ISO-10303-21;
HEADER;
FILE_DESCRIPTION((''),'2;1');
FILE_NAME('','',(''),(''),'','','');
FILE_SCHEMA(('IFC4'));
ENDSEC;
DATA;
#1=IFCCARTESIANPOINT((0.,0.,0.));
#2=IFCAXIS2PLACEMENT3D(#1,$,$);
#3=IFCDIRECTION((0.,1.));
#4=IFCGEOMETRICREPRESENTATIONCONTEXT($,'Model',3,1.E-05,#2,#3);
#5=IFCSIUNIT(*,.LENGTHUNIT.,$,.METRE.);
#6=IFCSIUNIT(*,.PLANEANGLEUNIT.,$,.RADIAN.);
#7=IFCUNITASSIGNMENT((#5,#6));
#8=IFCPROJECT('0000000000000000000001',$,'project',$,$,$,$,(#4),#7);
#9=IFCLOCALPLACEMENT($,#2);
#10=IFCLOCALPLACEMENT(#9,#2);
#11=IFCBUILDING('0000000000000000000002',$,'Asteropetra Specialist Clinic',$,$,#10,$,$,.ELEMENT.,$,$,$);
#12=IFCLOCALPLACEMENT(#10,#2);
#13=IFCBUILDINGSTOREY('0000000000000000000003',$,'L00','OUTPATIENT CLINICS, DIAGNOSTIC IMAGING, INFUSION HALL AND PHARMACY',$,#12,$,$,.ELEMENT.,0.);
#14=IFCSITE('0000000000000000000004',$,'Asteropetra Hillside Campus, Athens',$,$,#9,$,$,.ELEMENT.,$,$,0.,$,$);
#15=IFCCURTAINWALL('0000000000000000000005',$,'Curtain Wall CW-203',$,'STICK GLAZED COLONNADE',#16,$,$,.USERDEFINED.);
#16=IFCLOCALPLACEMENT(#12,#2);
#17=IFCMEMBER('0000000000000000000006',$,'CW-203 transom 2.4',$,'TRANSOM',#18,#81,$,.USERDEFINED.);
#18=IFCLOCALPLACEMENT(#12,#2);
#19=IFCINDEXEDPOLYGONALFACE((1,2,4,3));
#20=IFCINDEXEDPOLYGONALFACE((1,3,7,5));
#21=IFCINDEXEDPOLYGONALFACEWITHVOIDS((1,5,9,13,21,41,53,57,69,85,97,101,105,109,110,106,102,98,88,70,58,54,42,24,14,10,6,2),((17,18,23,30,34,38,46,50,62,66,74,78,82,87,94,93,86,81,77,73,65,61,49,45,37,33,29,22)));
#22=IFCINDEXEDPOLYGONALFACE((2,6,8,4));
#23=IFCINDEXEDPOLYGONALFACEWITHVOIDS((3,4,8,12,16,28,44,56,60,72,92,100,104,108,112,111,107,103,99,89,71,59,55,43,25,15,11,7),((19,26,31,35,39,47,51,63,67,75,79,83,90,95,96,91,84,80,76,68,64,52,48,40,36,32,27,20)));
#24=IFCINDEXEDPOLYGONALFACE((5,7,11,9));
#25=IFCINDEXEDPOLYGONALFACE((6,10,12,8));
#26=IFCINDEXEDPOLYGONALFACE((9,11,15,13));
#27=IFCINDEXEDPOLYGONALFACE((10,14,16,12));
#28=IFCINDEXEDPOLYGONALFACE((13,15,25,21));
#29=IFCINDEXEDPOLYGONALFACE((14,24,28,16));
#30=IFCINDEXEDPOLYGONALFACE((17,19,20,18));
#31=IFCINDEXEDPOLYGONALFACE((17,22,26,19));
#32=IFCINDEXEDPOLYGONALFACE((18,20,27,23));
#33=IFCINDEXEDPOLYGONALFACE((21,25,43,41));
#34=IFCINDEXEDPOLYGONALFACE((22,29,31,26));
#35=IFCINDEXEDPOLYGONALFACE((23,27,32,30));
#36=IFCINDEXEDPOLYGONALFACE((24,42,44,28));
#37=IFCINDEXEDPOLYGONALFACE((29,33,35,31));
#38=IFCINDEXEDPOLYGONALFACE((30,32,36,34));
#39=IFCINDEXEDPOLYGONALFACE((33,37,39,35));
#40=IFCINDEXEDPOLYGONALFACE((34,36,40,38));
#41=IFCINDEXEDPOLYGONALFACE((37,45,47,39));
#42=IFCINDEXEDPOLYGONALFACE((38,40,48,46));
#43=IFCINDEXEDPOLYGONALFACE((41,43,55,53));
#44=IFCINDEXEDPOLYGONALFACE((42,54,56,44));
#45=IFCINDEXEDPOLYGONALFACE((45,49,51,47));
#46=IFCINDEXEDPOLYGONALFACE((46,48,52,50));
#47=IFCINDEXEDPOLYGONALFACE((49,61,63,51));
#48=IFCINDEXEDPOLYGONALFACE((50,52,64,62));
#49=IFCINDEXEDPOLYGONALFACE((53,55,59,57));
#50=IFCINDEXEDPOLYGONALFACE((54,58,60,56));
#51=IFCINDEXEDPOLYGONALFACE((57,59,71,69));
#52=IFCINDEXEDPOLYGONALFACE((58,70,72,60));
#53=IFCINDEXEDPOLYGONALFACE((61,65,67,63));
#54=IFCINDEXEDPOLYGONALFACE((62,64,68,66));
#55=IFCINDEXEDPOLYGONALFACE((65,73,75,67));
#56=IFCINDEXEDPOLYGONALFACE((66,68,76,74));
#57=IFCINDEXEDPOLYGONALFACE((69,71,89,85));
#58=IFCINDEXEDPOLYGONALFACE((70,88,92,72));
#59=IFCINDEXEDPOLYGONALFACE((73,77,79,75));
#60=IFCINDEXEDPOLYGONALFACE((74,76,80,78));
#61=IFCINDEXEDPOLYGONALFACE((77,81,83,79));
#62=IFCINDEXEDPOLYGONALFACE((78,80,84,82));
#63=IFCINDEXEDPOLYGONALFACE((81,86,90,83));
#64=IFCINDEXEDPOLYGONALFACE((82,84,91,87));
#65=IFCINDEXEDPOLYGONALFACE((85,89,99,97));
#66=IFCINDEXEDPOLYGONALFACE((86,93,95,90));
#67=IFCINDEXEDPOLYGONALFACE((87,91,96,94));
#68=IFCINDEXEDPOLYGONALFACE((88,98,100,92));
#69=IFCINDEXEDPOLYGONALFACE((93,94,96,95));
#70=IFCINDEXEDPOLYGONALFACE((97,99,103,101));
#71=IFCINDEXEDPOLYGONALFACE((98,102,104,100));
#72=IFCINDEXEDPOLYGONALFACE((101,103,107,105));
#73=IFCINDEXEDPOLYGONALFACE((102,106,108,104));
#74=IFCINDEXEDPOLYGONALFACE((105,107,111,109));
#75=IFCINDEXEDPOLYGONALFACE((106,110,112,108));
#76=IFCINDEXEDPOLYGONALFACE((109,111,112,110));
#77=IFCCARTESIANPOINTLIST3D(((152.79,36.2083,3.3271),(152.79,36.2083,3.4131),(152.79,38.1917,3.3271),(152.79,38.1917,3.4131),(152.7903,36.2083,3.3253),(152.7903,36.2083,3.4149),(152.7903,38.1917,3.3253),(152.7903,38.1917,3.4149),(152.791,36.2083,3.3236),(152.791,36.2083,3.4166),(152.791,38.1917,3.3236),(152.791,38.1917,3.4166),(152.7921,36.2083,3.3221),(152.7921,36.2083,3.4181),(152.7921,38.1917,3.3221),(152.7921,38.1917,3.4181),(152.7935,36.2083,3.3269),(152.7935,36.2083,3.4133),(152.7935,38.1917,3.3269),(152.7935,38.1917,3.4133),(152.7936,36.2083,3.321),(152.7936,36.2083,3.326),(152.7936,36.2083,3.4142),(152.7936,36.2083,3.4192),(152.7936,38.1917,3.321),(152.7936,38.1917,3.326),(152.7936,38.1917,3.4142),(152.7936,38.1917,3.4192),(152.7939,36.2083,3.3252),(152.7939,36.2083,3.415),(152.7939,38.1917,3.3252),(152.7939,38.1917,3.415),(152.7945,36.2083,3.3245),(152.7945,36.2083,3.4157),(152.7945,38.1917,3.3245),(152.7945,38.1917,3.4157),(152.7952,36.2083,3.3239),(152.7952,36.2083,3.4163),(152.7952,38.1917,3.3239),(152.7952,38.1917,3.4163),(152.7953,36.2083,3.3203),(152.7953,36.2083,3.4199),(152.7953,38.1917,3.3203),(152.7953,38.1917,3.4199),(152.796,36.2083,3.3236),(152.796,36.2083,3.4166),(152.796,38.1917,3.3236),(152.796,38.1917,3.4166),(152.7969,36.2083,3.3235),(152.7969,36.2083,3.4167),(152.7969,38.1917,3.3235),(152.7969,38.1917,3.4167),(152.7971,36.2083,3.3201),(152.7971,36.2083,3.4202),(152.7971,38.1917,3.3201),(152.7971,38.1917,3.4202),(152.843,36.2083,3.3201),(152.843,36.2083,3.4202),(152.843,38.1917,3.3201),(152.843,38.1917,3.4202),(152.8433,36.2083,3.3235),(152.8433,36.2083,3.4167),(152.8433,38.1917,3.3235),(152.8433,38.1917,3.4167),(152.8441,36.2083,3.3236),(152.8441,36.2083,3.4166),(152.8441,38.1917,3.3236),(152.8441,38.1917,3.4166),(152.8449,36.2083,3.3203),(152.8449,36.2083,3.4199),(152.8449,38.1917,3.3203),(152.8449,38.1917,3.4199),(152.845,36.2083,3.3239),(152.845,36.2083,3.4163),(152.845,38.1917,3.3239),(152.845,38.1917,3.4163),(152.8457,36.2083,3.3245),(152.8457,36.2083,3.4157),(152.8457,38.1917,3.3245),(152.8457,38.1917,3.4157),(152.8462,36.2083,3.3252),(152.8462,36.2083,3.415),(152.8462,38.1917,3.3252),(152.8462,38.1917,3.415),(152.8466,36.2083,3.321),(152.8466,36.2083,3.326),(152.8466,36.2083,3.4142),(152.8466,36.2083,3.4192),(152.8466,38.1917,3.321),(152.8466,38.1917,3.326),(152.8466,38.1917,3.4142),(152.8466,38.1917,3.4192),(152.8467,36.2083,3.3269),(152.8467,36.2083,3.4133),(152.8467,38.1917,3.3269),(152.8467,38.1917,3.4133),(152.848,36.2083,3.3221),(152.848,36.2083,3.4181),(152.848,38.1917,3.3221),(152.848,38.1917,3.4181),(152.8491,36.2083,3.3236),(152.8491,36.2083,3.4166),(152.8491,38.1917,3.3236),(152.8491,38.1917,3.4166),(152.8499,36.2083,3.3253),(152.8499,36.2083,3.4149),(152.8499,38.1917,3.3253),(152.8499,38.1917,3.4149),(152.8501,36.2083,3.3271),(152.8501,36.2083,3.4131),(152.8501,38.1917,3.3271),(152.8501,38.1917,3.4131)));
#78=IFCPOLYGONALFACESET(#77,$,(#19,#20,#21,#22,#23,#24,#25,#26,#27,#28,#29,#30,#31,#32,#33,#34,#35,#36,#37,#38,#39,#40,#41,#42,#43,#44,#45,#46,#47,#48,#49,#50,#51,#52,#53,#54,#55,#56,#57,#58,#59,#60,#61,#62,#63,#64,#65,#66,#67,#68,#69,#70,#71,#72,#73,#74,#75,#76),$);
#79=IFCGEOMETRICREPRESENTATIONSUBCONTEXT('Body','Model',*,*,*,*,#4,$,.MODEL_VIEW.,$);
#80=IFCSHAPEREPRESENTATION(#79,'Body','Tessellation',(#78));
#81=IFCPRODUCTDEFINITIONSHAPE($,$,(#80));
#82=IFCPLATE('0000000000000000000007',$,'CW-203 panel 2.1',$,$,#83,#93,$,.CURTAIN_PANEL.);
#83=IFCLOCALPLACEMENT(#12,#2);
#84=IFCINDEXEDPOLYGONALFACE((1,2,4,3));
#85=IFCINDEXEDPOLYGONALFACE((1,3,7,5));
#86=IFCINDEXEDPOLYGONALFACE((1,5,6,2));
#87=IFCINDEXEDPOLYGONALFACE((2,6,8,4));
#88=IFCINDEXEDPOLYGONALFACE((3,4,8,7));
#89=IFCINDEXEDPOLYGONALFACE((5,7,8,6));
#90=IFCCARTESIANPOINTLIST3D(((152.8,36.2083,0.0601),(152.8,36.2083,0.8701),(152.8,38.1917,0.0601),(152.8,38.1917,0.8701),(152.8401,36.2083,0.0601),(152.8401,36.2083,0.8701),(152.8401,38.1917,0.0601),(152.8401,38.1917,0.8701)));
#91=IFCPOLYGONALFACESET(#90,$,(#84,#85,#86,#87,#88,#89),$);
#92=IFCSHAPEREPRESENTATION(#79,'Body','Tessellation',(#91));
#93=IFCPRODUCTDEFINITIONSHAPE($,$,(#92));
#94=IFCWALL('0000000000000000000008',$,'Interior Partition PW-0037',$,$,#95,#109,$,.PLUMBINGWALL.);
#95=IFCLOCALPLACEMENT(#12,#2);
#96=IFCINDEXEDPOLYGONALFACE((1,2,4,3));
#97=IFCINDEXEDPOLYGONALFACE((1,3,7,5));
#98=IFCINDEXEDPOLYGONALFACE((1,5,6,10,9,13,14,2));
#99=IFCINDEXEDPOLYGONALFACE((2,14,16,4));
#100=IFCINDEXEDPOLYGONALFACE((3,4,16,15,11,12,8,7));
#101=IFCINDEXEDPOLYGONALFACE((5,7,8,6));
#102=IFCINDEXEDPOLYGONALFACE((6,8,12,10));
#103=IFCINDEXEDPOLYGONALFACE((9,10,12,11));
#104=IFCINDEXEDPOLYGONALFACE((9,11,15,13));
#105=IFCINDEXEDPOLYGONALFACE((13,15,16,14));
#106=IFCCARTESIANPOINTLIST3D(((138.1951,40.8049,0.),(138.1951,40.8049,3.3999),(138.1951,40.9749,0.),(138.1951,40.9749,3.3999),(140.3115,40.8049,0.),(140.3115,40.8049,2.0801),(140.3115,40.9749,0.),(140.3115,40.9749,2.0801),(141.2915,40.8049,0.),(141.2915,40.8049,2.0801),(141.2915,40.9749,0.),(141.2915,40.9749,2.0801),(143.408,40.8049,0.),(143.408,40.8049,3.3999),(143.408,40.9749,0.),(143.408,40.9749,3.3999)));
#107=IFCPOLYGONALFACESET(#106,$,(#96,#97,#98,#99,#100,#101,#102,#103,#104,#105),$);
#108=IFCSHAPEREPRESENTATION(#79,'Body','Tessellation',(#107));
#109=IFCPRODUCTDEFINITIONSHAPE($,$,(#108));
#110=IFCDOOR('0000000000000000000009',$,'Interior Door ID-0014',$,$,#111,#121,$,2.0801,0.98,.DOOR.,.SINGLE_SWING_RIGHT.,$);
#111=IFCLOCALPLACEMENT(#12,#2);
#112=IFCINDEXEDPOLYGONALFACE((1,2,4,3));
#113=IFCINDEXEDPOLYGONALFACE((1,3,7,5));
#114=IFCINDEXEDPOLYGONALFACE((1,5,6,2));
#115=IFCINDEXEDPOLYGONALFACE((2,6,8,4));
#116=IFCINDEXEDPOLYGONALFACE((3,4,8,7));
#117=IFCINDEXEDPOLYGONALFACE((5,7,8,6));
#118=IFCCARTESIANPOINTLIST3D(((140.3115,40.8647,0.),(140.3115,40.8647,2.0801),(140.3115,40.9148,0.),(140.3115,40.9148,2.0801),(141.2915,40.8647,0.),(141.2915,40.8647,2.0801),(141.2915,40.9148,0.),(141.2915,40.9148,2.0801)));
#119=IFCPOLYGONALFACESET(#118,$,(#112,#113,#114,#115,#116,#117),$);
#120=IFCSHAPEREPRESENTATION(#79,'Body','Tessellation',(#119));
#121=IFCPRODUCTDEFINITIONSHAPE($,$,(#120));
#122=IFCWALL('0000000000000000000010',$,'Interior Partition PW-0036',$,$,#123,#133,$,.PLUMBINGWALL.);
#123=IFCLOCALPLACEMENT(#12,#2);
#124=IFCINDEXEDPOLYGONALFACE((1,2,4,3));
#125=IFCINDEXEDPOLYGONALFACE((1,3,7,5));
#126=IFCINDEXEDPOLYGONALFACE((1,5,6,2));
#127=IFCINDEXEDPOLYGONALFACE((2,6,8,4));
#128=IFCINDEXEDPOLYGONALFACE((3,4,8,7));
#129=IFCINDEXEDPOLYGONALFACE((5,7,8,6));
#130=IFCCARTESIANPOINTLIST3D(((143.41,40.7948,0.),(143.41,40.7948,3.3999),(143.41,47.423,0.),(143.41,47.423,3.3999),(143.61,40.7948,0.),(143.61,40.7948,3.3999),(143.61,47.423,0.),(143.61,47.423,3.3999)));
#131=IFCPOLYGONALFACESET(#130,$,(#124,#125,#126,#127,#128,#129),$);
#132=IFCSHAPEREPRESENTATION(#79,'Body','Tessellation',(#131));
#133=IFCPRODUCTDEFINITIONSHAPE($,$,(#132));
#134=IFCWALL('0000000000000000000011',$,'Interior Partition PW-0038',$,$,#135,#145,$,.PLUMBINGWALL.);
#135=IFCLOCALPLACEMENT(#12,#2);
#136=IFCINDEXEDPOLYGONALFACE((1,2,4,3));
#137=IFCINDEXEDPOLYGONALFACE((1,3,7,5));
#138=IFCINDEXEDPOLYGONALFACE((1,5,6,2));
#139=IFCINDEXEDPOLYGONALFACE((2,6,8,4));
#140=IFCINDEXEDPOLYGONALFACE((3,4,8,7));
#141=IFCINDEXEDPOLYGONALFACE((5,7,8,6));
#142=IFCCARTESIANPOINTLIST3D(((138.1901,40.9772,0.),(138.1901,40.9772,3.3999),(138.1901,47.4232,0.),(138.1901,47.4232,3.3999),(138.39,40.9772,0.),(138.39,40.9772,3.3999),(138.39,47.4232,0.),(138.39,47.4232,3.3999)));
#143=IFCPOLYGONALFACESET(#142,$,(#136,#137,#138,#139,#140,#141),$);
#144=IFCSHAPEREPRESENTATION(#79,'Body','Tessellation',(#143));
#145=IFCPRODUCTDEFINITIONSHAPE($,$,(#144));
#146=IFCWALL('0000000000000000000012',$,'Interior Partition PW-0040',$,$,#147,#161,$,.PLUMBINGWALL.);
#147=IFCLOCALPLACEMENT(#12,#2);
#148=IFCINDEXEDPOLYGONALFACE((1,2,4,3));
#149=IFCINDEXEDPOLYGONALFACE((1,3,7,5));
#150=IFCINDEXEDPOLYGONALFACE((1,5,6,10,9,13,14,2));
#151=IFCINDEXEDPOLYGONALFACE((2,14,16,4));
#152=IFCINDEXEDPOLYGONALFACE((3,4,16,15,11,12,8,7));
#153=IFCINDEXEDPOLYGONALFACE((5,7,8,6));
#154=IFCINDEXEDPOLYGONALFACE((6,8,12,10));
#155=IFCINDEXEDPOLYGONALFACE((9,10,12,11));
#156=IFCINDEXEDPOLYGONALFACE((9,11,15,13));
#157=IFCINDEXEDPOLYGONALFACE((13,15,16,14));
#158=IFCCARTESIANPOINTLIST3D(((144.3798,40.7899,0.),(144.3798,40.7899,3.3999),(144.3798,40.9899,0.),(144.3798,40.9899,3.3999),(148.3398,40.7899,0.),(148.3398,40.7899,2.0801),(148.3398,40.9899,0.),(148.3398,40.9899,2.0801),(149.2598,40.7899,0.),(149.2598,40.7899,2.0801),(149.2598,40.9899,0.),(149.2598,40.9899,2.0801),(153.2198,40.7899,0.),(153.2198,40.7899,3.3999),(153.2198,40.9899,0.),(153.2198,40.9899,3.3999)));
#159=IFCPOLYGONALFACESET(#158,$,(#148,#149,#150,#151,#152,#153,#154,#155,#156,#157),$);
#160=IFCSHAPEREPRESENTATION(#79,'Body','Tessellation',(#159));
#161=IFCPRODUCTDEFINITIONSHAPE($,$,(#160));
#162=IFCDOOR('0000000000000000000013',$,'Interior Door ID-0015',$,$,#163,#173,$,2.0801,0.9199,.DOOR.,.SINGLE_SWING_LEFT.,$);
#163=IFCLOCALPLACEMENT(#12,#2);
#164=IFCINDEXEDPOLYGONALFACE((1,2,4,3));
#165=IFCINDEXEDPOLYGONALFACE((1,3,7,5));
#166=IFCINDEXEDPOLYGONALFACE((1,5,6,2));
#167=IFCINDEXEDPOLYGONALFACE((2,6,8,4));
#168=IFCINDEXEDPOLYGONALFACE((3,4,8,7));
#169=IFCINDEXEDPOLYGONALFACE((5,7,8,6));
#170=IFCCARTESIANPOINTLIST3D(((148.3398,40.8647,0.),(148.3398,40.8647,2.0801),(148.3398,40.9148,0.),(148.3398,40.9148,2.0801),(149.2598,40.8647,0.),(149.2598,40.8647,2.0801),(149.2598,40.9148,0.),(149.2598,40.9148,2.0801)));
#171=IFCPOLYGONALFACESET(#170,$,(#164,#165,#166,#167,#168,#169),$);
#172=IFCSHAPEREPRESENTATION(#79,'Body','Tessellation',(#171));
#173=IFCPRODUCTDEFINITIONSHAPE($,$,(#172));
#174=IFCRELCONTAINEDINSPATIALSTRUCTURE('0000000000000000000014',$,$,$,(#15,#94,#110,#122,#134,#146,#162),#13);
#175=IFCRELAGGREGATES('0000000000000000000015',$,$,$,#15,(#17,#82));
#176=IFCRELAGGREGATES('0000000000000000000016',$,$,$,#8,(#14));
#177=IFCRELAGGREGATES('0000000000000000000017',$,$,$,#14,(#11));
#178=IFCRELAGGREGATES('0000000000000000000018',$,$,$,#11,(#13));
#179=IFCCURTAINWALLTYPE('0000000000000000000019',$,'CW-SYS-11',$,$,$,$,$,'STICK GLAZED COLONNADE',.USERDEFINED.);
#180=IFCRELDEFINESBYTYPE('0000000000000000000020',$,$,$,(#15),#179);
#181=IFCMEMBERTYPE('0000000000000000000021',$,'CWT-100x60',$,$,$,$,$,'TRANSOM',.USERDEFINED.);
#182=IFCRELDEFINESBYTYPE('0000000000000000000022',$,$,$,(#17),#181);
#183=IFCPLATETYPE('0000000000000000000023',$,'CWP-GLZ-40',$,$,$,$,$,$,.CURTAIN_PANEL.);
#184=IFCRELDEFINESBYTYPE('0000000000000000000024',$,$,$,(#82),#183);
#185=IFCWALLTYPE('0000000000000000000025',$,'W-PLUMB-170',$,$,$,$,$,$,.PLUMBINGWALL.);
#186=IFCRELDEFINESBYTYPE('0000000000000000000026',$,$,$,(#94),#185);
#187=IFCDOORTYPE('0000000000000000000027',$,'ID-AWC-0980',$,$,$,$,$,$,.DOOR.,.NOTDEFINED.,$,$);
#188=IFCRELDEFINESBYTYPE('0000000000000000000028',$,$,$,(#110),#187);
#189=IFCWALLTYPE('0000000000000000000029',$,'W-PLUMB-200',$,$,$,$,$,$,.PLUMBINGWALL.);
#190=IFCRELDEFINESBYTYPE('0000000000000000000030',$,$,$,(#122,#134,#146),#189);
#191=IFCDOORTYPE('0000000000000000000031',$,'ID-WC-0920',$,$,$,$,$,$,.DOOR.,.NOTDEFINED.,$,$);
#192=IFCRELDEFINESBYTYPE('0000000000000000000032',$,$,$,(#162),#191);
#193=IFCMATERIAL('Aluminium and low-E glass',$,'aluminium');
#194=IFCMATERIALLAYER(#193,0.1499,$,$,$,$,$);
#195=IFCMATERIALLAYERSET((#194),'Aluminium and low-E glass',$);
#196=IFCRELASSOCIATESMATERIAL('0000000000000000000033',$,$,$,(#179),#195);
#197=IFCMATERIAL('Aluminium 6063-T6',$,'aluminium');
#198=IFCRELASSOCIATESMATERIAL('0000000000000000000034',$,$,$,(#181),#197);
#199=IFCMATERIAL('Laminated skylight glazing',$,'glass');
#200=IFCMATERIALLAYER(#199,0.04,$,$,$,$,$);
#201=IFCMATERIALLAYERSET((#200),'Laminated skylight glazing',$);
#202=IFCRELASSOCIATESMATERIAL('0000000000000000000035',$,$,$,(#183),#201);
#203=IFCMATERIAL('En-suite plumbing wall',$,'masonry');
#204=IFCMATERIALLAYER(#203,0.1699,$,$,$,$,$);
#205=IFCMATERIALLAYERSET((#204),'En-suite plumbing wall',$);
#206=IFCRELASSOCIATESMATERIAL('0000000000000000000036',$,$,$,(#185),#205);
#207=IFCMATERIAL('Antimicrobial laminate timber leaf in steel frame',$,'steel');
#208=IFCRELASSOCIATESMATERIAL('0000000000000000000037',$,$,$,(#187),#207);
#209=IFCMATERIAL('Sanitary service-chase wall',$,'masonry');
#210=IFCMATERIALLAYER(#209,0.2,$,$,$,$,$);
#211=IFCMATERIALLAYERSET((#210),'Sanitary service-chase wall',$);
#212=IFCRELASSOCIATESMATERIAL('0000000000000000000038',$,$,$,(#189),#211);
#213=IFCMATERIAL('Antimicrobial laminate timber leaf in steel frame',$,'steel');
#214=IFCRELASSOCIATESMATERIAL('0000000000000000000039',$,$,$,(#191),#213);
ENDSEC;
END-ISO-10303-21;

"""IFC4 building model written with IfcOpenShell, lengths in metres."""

from ifc_helpers import new_model, si_unit, direction, frame, frame_2d, origin, origin_2d, place, context, subcontext, project, spatial, rectangle, hollow_rectangle, extrude, material, layer, layer_set, material_profile, profile_set, type_object, element, fill, aggregate, save


model = new_model("IFC4")

# Units and contexts
model_context = context("Model", 3, precision=1e-05, world=origin(), true_north=direction((0.0, 1.0)))
body_context = subcontext(model_context, "Body", "Model", "MODEL_VIEW")
ifc_project = project(units=[si_unit("LENGTHUNIT", "METRE"), si_unit("PLANEANGLEUNIT", "RADIAN")], contexts=[model_context])

# Site, building, storey
site_placement = place(None, origin())
site = spatial("IfcSite", under=ifc_project, at=site_placement, Name="Asteropetra Hillside Campus, Athens", CompositionType="ELEMENT", RefElevation=0.0)
building_placement = place(site_placement, origin())
building = spatial("IfcBuilding", under=site, at=building_placement, Name="Asteropetra Specialist Clinic", CompositionType="ELEMENT")
storey_placement = place(building_placement, origin())
storey = spatial("IfcBuildingStorey", under=building, at=storey_placement, Name="L00", Description="OUTPATIENT CLINICS, DIAGNOSTIC IMAGING, INFUSION HALL AND PHARMACY", CompositionType="ELEMENT", Elevation=0.0)

# Curtain wall, member, plate
ifc_material_1 = material(Name="Aluminium and low-E glass", Category="aluminium")
ifc_layer_1 = layer(ifc_material_1, 0.1499)
ifc_layer_set_1 = layer_set([ifc_layer_1], Name="Aluminium and low-E glass")
curtain_wall_type = type_object("IfcCurtainWallType", Name="CW-SYS-11", ElementType="STICK GLAZED COLONNADE", PredefinedType="USERDEFINED", material=ifc_layer_set_1)
curtain_wall_placement = place(storey_placement, origin())
curtain_wall = element("IfcCurtainWall", 1, at=curtain_wall_placement, inside=storey, type_object=curtain_wall_type, Name="Curtain Wall CW-203", ObjectType="STICK GLAZED COLONNADE", PredefinedType="USERDEFINED")
ifc_material_2 = material(Name="Aluminium 6063-T6", Category="aluminium")
ifc_material_profile_1 = material_profile(ifc_material_2, hollow_rectangle(XDim=0.0601, YDim=0.1001, WallThickness=0.0034, InnerFilletRadius=0.0034, OuterFilletRadius=0.0071, at=origin_2d()), Name="TRN 100x60x3.5")
ifc_profile_set_1 = profile_set([ifc_material_profile_1], Name="Aluminium 6063-T6")
member_type_1 = type_object("IfcMemberType", Name="CWT-100x60", ElementType="TRANSOM", PredefinedType="USERDEFINED", material=ifc_profile_set_1)
member_1_placement = place(storey_placement, frame((152.8201, 36.2083, 3.3701), z_axis=(0.0, 1.0, 0.0), x_axis=(-1.0, 0.0, 0.0)))
member_1 = element("IfcMember", 2, at=member_1_placement, type_object=member_type_1, Name="CW-203 transom 2.4", ObjectType="TRANSOM", PredefinedType="USERDEFINED", context=body_context, shape_type="SweptSolid", body=[
    extrude(hollow_rectangle(XDim=0.0601, YDim=0.1001, WallThickness=0.0034, InnerFilletRadius=0.0034, OuterFilletRadius=0.0071, at=origin_2d()), origin(), (0.0, 0.0, 1.0), 1.9834),
])
ifc_material_3 = material(Name="Laminated skylight glazing", Category="glass")
ifc_layer_2 = layer(ifc_material_3, 0.04)
ifc_layer_set_2 = layer_set([ifc_layer_2], Name="Laminated skylight glazing")
plate_type = type_object("IfcPlateType", Name="CWP-GLZ-40", PredefinedType="CURTAIN_PANEL", material=ifc_layer_set_2)
plate_placement = place(storey_placement, frame((152.8201, 37.2, 0.0601), z_axis=(0.0, 0.0, 1.0), x_axis=(0.0, 1.0, 0.0)))
plate = element("IfcPlate", 3, at=plate_placement, type_object=plate_type, Name="CW-203 panel 2.1", PredefinedType="CURTAIN_PANEL", context=body_context, shape_type="SweptSolid", body=[
    extrude(rectangle(XDim=1.9834, YDim=0.04, at=origin_2d()), origin(), (0.0, 0.0, 1.0), 0.8101),
])
aggregate(curtain_wall, [member_1, plate])

# Wall, opening, door
ifc_material_4 = material(Name="En-suite plumbing wall", Category="masonry")
ifc_layer_3 = layer(ifc_material_4, 0.1699)
ifc_layer_set_3 = layer_set([ifc_layer_3], Name="En-suite plumbing wall")
wall_type_1 = type_object("IfcWallType", Name="W-PLUMB-170", PredefinedType="PLUMBINGWALL", material=ifc_layer_set_3)
wall_1_placement = place(storey_placement, frame((138.1951, 40.8899, 0.0), z_axis=(0.0, 0.0, 1.0), x_axis=(1.0, 0.0, 0.0)))
wall_1 = element("IfcWall", 4, at=wall_1_placement, inside=storey, type_object=wall_type_1, Name="Interior Partition PW-0037", PredefinedType="PLUMBINGWALL", context=body_context, shape_type="SweptSolid", body=[
    extrude(rectangle(XDim=5.2129, YDim=0.1699, at=frame_2d((2.6064, 0.0))), origin(), (0.0, 0.0, 1.0), 3.3999),
])
opening_1_placement = place(wall_1_placement, frame((2.1165, 0.0, 0.0)))
opening_1 = element("IfcOpeningElement", 5, at=opening_1_placement, cuts=wall_1, PredefinedType="OPENING", context=body_context, shape_type="SweptSolid", body=[
    extrude(rectangle(XDim=0.98, YDim=2.0801, at=frame_2d((0.49, 1.04))), frame((0.0, 0.095, 0.0), z_axis=(0.0, -1.0, 0.0), x_axis=(1.0, 0.0, 0.0)), (0.0, 0.0, 1.0), 0.1899),
])
ifc_material_5 = material(Name="Antimicrobial laminate timber leaf in steel frame", Category="steel")
door_type_1 = type_object("IfcDoorType", Name="ID-AWC-0980", OperationType="NOTDEFINED", PredefinedType="DOOR", material=ifc_material_5)
door_1_placement = place(opening_1_placement, origin())
door_1 = element("IfcDoor", 6, at=door_1_placement, inside=storey, type_object=door_type_1, Name="Interior Door ID-0014", OperationType="SINGLE_SWING_RIGHT", OverallHeight=2.0801, OverallWidth=0.98, PredefinedType="DOOR", context=body_context, shape_type="SweptSolid", body=[
    extrude(rectangle(XDim=0.98, YDim=2.0801, at=frame_2d((0.49, 1.04))), frame((0.0, 0.0249, 0.0), z_axis=(0.0, -1.0, 0.0), x_axis=(1.0, 0.0, 0.0)), (0.0, 0.0, 1.0), 0.05),
])
fill(opening_1, door_1)

# Walls
ifc_material_6 = material(Name="Sanitary service-chase wall", Category="masonry")
ifc_layer_4 = layer(ifc_material_6, 0.2)
ifc_layer_set_4 = layer_set([ifc_layer_4], Name="Sanitary service-chase wall")
wall_type_2 = type_object("IfcWallType", Name="W-PLUMB-200", PredefinedType="PLUMBINGWALL", material=ifc_layer_set_4)
wall_2_placement = place(storey_placement, frame((143.51, 40.7949, 0.0), z_axis=(0.0, 0.0, 1.0), x_axis=(0.0, 1.0, 0.0)))
element("IfcWall", 7, at=wall_2_placement, inside=storey, type_object=wall_type_2, Name="Interior Partition PW-0036", PredefinedType="PLUMBINGWALL", context=body_context, shape_type="SweptSolid", body=[
    extrude(rectangle(XDim=6.6282, YDim=0.2, at=frame_2d((3.314, 0.0))), origin(), (0.0, 0.0, 1.0), 3.3999),
])
wall_3_placement = place(storey_placement, frame((138.29, 40.9771, 0.0), z_axis=(0.0, 0.0, 1.0), x_axis=(0.0, 1.0, 0.0)))
element("IfcWall", 8, at=wall_3_placement, inside=storey, type_object=wall_type_2, Name="Interior Partition PW-0038", PredefinedType="PLUMBINGWALL", context=body_context, shape_type="SweptSolid", body=[
    extrude(rectangle(XDim=6.446, YDim=0.2, at=frame_2d((3.2231, 0.0))), origin(), (0.0, 0.0, 1.0), 3.3999),
])

# Wall, opening, door
wall_4_placement = place(storey_placement, frame((144.3799, 40.8899, 0.0), z_axis=(0.0, 0.0, 1.0), x_axis=(1.0, 0.0, 0.0)))
wall_4 = element("IfcWall", 9, at=wall_4_placement, inside=storey, type_object=wall_type_2, Name="Interior Partition PW-0040", PredefinedType="PLUMBINGWALL", context=body_context, shape_type="SweptSolid", body=[
    extrude(rectangle(XDim=8.8401, YDim=0.2, at=frame_2d((4.4199, 0.0))), origin(), (0.0, 0.0, 1.0), 3.3999),
])
opening_2_placement = place(wall_4_placement, frame((3.96, 0.0, 0.0)))
opening_2 = element("IfcOpeningElement", 10, at=opening_2_placement, cuts=wall_4, PredefinedType="OPENING", context=body_context, shape_type="SweptSolid", body=[
    extrude(rectangle(XDim=0.9199, YDim=2.0801, at=frame_2d((0.46, 1.04))), frame((0.0, 0.1099, 0.0), z_axis=(0.0, -1.0, 0.0), x_axis=(1.0, 0.0, 0.0)), (0.0, 0.0, 1.0), 0.22),
])
ifc_material_7 = material(Name="Antimicrobial laminate timber leaf in steel frame", Category="steel")
door_type_2 = type_object("IfcDoorType", Name="ID-WC-0920", OperationType="NOTDEFINED", PredefinedType="DOOR", material=ifc_material_7)
door_2_placement = place(opening_2_placement, origin())
door_2 = element("IfcDoor", 11, at=door_2_placement, inside=storey, type_object=door_type_2, Name="Interior Door ID-0015", OperationType="SINGLE_SWING_LEFT", OverallHeight=2.0801, OverallWidth=0.9199, PredefinedType="DOOR", context=body_context, shape_type="SweptSolid", body=[
    extrude(rectangle(XDim=0.9199, YDim=2.0801, at=frame_2d((0.46, 1.04))), frame((0.0, 0.0249, 0.0), z_axis=(0.0, -1.0, 0.0), x_axis=(1.0, 0.0, 0.0)), (0.0, 0.0, 1.0), 0.05),
])
fill(opening_2, door_2)

save(model, "model.ifc")
